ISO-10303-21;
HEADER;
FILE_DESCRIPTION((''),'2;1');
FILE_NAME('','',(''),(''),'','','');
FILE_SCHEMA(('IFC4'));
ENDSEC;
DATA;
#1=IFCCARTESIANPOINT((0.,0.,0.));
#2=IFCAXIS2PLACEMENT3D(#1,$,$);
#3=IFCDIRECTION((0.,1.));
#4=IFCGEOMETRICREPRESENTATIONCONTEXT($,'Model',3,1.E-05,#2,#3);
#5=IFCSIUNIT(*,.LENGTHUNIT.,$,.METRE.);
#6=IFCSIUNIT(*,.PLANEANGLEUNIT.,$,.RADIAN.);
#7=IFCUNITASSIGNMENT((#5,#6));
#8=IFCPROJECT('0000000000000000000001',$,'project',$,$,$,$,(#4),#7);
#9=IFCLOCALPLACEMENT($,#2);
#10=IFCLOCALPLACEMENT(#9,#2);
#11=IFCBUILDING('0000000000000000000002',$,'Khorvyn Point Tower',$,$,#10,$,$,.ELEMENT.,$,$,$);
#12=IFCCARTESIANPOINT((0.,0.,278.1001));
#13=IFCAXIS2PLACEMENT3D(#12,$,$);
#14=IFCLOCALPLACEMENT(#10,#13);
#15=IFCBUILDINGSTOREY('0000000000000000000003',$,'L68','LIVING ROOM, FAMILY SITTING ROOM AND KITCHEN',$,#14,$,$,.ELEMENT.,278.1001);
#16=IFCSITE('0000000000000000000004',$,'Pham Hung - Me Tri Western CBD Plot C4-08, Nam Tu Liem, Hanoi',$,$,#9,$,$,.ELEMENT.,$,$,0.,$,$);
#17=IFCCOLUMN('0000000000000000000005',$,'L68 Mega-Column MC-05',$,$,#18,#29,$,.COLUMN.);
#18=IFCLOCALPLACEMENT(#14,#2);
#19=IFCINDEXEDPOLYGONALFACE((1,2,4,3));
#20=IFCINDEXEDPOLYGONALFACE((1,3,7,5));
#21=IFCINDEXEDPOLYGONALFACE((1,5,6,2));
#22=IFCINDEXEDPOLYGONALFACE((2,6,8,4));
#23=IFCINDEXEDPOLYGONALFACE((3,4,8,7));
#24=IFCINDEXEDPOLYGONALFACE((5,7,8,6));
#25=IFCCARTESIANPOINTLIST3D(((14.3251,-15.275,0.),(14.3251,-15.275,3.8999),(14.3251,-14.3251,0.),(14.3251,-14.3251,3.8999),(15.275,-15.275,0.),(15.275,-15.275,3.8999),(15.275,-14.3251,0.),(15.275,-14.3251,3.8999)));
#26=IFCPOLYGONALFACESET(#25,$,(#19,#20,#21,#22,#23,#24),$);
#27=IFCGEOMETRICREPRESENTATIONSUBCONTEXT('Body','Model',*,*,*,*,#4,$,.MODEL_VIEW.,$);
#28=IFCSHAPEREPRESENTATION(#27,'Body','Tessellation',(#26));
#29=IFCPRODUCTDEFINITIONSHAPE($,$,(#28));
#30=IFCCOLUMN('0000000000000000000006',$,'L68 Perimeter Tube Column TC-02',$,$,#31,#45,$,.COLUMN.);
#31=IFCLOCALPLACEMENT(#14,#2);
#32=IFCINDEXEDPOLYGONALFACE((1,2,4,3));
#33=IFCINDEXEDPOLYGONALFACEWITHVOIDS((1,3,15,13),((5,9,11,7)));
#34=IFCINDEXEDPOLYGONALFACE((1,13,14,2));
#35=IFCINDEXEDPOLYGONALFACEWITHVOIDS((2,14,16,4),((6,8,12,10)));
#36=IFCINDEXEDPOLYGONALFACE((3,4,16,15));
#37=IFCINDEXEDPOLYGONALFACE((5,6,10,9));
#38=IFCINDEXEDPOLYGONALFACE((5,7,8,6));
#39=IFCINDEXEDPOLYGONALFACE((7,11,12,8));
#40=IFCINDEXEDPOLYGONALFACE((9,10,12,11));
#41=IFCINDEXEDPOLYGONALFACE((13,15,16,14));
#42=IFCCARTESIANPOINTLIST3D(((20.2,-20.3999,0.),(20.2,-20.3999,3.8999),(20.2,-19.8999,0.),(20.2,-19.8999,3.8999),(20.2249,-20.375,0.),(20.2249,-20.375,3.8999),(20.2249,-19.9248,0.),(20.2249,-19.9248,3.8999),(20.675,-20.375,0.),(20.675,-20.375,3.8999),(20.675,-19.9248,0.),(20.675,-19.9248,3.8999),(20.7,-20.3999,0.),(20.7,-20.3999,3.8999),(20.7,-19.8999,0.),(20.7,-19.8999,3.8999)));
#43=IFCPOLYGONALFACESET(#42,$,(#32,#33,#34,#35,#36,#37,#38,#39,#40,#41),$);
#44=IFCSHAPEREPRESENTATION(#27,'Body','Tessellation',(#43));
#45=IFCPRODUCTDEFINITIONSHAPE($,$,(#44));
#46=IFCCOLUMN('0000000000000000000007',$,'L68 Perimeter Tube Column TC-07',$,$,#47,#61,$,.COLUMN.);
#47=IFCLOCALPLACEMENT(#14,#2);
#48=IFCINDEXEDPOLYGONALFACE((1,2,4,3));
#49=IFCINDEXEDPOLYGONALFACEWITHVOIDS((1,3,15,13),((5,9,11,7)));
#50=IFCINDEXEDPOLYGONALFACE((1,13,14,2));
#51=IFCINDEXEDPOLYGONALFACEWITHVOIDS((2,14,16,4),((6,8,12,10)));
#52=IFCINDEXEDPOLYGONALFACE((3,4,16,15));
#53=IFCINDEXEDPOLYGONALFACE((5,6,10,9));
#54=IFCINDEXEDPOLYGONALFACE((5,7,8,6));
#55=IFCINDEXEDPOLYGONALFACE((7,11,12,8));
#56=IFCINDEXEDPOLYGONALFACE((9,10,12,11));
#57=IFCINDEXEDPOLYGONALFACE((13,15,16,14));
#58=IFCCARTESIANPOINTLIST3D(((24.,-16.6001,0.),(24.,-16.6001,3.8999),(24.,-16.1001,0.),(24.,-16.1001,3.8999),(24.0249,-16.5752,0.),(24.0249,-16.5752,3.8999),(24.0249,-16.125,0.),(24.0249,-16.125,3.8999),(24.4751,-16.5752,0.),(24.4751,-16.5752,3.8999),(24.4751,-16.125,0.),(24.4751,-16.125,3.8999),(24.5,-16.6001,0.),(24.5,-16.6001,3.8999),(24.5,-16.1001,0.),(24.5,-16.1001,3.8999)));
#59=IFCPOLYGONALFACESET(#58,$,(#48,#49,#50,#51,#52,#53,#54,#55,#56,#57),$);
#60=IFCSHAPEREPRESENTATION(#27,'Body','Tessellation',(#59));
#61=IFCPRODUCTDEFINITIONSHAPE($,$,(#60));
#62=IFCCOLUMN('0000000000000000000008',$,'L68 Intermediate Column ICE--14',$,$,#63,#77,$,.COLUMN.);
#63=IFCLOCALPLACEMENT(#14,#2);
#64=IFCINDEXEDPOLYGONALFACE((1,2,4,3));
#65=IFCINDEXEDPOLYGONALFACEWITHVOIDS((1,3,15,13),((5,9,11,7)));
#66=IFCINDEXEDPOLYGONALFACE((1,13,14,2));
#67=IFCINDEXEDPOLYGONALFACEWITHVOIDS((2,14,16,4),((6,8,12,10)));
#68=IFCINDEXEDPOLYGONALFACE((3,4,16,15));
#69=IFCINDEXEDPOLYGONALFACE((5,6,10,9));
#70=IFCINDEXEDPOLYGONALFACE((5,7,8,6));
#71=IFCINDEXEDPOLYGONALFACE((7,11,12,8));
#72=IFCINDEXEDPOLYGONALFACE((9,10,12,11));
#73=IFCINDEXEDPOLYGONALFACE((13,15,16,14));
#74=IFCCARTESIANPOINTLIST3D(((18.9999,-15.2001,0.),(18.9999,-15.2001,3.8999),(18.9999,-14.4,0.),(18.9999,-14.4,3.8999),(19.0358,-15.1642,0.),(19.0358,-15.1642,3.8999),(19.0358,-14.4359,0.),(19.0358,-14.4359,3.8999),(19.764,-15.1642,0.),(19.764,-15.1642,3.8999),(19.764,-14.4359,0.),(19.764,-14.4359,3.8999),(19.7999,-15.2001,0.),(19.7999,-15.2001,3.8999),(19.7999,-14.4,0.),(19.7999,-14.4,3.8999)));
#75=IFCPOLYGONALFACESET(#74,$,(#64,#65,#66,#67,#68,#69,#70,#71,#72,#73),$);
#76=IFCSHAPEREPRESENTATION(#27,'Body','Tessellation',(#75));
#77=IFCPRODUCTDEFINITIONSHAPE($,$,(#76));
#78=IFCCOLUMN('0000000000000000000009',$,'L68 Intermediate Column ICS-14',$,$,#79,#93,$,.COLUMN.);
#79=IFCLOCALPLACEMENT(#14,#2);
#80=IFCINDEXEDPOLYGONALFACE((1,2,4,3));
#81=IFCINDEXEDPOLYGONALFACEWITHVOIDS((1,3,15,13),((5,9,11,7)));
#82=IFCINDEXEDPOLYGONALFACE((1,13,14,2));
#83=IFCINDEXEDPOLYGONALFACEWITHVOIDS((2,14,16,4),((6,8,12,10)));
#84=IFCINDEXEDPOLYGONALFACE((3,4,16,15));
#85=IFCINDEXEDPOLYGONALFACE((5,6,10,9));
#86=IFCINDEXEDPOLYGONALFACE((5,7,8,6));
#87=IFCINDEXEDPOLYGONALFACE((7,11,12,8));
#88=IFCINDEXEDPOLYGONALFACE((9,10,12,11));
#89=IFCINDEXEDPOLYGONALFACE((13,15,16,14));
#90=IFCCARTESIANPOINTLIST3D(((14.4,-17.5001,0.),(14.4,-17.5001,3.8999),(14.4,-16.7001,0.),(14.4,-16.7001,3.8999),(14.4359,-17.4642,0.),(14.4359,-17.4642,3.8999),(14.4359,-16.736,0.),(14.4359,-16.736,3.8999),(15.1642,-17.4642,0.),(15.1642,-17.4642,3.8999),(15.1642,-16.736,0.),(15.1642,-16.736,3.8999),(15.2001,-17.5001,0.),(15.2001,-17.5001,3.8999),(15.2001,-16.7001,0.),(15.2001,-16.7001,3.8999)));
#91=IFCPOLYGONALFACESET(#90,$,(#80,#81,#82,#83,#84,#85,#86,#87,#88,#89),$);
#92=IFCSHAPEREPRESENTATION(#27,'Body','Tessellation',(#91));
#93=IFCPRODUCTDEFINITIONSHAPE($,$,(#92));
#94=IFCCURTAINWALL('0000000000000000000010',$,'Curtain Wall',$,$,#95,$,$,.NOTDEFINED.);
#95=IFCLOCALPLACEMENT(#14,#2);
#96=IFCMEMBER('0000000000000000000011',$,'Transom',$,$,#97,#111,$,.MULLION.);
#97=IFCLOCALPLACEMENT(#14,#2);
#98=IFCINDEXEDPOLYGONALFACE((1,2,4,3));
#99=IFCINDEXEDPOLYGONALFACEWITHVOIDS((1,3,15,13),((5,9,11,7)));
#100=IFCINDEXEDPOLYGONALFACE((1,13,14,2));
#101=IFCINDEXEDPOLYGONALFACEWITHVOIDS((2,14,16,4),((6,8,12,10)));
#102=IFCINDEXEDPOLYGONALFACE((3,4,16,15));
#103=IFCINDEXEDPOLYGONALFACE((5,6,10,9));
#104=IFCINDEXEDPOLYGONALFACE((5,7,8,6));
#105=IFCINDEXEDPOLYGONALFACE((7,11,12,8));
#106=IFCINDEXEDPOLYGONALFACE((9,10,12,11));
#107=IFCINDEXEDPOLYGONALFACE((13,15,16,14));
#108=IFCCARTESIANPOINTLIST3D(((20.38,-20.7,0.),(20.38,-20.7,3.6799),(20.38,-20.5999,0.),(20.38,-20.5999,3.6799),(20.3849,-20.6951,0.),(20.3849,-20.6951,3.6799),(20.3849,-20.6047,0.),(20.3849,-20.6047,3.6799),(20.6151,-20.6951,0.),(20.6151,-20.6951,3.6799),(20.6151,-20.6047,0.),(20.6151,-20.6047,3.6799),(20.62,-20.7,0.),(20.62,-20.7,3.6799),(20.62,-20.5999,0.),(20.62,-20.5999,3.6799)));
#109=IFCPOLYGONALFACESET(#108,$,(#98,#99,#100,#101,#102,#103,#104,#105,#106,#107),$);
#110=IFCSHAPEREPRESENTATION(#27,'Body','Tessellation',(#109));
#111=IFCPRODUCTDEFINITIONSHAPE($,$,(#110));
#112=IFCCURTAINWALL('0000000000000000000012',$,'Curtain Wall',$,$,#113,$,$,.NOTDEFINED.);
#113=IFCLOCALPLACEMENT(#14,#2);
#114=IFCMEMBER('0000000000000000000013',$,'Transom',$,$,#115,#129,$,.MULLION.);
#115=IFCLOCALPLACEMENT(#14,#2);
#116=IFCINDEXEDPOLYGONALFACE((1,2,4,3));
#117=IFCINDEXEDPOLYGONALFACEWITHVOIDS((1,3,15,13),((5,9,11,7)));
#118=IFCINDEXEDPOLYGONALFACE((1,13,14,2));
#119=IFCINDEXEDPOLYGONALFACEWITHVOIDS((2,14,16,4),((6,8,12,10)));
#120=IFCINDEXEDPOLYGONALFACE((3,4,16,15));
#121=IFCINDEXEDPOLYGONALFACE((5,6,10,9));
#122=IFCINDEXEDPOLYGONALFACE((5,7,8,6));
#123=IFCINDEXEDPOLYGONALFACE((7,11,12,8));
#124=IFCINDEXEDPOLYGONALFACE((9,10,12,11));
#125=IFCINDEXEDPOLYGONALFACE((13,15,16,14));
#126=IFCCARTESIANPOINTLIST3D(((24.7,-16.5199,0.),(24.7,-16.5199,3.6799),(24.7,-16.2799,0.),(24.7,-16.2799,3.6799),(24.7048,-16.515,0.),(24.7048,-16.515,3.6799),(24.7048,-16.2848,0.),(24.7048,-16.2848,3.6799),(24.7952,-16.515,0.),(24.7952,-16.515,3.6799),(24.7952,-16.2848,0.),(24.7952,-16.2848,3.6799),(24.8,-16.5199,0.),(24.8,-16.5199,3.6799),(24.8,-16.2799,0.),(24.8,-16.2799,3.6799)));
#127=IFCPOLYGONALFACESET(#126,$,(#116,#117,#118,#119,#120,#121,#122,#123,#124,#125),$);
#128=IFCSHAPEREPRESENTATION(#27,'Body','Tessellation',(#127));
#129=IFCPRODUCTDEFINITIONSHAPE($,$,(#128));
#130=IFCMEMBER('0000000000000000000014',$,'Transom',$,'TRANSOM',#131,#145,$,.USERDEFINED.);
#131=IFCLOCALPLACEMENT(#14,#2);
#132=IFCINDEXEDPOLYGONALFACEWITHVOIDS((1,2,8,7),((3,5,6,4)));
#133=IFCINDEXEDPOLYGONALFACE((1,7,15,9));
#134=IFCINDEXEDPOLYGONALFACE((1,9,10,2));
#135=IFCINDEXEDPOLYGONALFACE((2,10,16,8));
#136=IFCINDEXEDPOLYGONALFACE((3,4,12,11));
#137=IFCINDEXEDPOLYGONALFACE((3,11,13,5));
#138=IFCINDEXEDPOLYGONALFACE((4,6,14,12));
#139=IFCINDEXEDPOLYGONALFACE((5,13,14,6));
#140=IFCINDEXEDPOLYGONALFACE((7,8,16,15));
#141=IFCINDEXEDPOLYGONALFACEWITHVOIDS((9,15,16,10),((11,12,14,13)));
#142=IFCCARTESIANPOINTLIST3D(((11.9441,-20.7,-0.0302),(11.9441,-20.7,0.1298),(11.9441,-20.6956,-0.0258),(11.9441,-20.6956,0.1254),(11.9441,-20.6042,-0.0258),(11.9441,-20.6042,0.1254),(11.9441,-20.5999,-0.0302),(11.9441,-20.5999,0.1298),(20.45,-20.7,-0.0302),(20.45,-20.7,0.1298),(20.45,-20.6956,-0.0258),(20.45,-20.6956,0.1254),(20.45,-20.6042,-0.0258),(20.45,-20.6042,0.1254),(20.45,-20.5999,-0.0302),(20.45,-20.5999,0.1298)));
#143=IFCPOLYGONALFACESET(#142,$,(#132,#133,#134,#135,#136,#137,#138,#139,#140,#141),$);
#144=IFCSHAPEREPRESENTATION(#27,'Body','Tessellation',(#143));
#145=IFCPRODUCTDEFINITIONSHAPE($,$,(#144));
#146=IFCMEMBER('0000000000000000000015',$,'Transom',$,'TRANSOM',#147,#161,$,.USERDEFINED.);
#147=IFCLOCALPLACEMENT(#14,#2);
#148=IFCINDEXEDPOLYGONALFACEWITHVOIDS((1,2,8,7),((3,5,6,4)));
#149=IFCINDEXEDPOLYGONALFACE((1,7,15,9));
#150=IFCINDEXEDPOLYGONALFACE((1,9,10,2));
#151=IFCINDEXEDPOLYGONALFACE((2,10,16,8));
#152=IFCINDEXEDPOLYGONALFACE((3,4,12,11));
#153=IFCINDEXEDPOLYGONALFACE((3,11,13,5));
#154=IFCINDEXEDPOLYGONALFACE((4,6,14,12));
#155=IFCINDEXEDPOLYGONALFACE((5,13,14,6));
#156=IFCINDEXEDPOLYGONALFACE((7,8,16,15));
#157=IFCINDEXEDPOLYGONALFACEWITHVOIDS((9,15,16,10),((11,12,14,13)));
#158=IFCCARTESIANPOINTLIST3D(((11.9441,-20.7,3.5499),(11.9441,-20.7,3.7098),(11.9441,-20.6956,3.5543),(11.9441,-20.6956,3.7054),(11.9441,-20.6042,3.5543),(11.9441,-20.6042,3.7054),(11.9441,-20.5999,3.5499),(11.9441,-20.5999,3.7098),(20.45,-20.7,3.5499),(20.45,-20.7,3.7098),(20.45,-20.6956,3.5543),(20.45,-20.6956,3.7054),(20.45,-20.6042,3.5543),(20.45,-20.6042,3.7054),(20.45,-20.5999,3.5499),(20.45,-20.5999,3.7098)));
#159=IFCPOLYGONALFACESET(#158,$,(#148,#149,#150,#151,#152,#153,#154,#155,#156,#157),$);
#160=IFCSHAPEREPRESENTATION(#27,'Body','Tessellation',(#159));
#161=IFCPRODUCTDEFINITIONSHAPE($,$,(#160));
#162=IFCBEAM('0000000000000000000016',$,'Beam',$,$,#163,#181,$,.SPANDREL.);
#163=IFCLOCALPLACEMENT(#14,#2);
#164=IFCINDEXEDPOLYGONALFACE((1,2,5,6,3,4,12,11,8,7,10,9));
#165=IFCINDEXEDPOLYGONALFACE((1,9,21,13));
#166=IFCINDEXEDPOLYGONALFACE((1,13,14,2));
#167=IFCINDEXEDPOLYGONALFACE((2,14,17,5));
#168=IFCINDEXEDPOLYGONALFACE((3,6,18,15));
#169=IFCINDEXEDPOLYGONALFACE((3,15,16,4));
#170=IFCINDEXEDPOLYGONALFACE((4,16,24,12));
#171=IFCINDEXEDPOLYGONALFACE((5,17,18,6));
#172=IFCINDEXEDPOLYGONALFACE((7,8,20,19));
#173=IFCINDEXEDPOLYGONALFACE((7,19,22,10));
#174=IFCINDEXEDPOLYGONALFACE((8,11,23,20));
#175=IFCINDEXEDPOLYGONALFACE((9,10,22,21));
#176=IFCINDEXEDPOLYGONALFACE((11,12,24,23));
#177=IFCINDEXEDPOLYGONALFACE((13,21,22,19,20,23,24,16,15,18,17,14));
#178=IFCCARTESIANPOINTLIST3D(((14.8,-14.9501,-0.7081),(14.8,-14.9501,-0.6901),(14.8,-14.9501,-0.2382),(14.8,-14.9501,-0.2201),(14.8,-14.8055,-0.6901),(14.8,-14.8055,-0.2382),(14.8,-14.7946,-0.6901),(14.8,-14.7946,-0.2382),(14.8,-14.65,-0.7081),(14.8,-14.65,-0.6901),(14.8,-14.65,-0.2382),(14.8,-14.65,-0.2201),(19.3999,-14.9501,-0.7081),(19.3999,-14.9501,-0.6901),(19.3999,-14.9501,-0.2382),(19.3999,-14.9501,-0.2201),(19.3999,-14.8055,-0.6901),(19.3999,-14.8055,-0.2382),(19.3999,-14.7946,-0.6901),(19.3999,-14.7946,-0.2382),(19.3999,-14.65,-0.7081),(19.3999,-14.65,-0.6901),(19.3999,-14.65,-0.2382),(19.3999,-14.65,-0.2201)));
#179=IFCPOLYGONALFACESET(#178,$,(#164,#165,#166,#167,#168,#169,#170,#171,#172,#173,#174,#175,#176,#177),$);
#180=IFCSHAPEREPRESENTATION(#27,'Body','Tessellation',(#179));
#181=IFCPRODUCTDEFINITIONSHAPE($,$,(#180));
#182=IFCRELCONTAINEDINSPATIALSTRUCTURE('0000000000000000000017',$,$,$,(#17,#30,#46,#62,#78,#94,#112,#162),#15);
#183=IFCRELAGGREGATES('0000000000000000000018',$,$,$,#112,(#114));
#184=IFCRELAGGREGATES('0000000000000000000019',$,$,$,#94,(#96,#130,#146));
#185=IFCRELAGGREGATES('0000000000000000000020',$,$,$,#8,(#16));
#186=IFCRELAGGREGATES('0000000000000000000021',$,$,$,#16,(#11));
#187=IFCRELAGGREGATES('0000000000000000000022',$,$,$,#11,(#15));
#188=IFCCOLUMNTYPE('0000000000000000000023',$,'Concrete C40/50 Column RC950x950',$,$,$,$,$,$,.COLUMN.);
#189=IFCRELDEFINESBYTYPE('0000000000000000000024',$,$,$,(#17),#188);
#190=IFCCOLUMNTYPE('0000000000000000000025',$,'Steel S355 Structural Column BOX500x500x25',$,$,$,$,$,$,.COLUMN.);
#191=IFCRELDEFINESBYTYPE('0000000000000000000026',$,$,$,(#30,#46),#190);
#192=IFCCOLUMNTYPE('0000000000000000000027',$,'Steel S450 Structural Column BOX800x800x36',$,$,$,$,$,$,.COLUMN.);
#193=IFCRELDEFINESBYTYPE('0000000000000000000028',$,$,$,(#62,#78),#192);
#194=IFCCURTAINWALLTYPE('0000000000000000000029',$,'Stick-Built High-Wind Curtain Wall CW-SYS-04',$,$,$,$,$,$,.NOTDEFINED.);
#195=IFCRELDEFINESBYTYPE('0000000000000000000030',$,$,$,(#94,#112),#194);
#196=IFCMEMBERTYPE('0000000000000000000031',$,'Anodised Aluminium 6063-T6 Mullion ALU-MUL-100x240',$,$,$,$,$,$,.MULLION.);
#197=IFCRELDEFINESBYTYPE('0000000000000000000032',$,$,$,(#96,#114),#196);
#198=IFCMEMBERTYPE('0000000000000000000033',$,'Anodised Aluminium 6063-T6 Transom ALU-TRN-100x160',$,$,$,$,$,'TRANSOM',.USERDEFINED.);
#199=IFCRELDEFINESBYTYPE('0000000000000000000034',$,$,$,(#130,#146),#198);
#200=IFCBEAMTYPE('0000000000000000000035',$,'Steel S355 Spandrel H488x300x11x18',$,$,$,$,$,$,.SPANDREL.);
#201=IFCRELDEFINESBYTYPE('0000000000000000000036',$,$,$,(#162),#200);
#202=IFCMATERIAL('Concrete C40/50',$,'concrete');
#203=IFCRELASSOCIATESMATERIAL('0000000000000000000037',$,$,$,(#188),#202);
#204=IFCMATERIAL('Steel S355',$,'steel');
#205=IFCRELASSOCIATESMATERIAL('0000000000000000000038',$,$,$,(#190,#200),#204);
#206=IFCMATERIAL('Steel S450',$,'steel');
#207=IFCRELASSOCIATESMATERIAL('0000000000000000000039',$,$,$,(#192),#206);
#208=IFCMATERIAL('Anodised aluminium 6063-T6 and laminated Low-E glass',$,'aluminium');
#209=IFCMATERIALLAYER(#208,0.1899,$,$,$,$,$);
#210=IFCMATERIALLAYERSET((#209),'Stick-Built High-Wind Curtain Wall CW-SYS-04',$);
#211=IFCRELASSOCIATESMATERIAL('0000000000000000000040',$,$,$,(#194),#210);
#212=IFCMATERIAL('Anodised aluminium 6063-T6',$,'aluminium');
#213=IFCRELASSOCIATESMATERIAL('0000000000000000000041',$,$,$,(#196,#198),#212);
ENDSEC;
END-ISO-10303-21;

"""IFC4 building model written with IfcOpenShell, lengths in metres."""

from ifc_helpers import new_model, si_unit, direction, frame, origin, origin_2d, place, context, subcontext, project, spatial, rectangle, hollow_rectangle, i_section, extrude, material, layer, layer_set, material_profile, profile_set, type_object, element, aggregate, save


model = new_model("IFC4")

# Units and contexts
model_context = context("Model", 3, precision=1e-05, world=origin(), true_north=direction((0.0, 1.0)))
body_context = subcontext(model_context, "Body", "Model", "MODEL_VIEW")
ifc_project = project(units=[si_unit("LENGTHUNIT", "METRE"), si_unit("PLANEANGLEUNIT", "RADIAN")], contexts=[model_context])

# Site, building, storey
site_placement = place(None, origin())
site = spatial("IfcSite", under=ifc_project, at=site_placement, Name="Pham Hung - Me Tri Western CBD Plot C4-08, Nam Tu Liem, Hanoi", CompositionType="ELEMENT", RefElevation=0.0)
building_placement = place(site_placement, origin())
building = spatial("IfcBuilding", under=site, at=building_placement, Name="Khorvyn Point Tower", CompositionType="ELEMENT")
storey_placement = place(building_placement, frame((0.0, 0.0, 278.1001)))
storey = spatial("IfcBuildingStorey", under=building, at=storey_placement, Name="L68", Description="LIVING ROOM, FAMILY SITTING ROOM AND KITCHEN", CompositionType="ELEMENT", Elevation=278.1001)

# Columns
ifc_material_1 = material(Name="Concrete C40/50", Category="concrete")
ifc_material_profile_1 = material_profile(ifc_material_1, rectangle(XDim=0.95, YDim=0.95, at=origin_2d()))
ifc_profile_set_1 = profile_set([ifc_material_profile_1], Name="Concrete C40/50 RC950x950")
column_type_1 = type_object("IfcColumnType", Name="Concrete C40/50 Column RC950x950", PredefinedType="COLUMN", material=ifc_profile_set_1)
column_placement = place(storey_placement, frame((14.8, -14.8, 0.0), z_axis=(0.0, 0.0, 1.0), x_axis=(1.0, 0.0, 0.0)))
element("IfcColumn", 1, at=column_placement, inside=storey, type_object=column_type_1, Name="L68 Mega-Column MC-05", PredefinedType="COLUMN", context=body_context, shape_type="SweptSolid", body=[
    extrude(rectangle(XDim=0.95, YDim=0.95, at=origin_2d()), origin(), (0.0, 0.0, 1.0), 3.8999),
])
ifc_material_2 = material(Name="Steel S355", Category="steel")
ifc_material_profile_2 = material_profile(ifc_material_2, hollow_rectangle(XDim=0.5, YDim=0.5, WallThickness=0.0249, at=origin_2d()))
ifc_profile_set_2 = profile_set([ifc_material_profile_2], Name="Steel S355 BOX500x500x25")
column_type_2 = type_object("IfcColumnType", Name="Steel S355 Structural Column BOX500x500x25", PredefinedType="COLUMN", material=ifc_profile_set_2)
for number, where, z_axis, x_axis, name in (
    (2, (20.45, -20.1499, 0.0), (0.0, 0.0, 1.0), (1.0, 0.0, 0.0), "L68 Perimeter Tube Column TC-02"),
    (3, (24.25, -16.3501, 0.0), (0.0, 0.0, 1.0), (1.0, 0.0, 0.0), "L68 Perimeter Tube Column TC-07"),
):
    element("IfcColumn", number, at=place(storey_placement, frame(where, z_axis=z_axis, x_axis=x_axis)), inside=storey, type_object=column_type_2, Name=name, PredefinedType="COLUMN", context=body_context, shape_type="SweptSolid", body=[
        extrude(hollow_rectangle(XDim=0.5, YDim=0.5, WallThickness=0.0249, at=origin_2d()), origin(), (0.0, 0.0, 1.0), 3.8999),
    ])
ifc_material_3 = material(Name="Steel S450", Category="steel")
ifc_material_profile_3 = material_profile(ifc_material_3, hollow_rectangle(XDim=0.8, YDim=0.8, WallThickness=0.0359, at=origin_2d()))
ifc_profile_set_3 = profile_set([ifc_material_profile_3], Name="Steel S450 BOX800x800x36")
column_type_3 = type_object("IfcColumnType", Name="Steel S450 Structural Column BOX800x800x36", PredefinedType="COLUMN", material=ifc_profile_set_3)
for number, where, z_axis, x_axis, name in (
    (4, (19.3999, -14.8, 0.0), (0.0, 0.0, 1.0), (1.0, 0.0, 0.0), "L68 Intermediate Column ICE--14"),
    (5, (14.8, -17.1001, 0.0), (0.0, 0.0, 1.0), (1.0, 0.0, 0.0), "L68 Intermediate Column ICS-14"),
):
    element("IfcColumn", number, at=place(storey_placement, frame(where, z_axis=z_axis, x_axis=x_axis)), inside=storey, type_object=column_type_3, Name=name, PredefinedType="COLUMN", context=body_context, shape_type="SweptSolid", body=[
        extrude(hollow_rectangle(XDim=0.8, YDim=0.8, WallThickness=0.0359, at=origin_2d()), origin(), (0.0, 0.0, 1.0), 3.8999),
    ])

# Curtain walls, members
ifc_material_4 = material(Name="Anodised aluminium 6063-T6 and laminated Low-E glass", Category="aluminium")
ifc_layer_1 = layer(ifc_material_4, 0.1899)
ifc_layer_set_1 = layer_set([ifc_layer_1], Name="Stick-Built High-Wind Curtain Wall CW-SYS-04")
curtain_wall_type = type_object("IfcCurtainWallType", Name="Stick-Built High-Wind Curtain Wall CW-SYS-04", PredefinedType="NOTDEFINED", material=ifc_layer_set_1)
curtain_wall_1_placement = place(storey_placement, origin())
curtain_wall_1 = element("IfcCurtainWall", 6, at=curtain_wall_1_placement, inside=storey, type_object=curtain_wall_type, Name="Curtain Wall", PredefinedType="NOTDEFINED")
ifc_material_5 = material(Name="Anodised aluminium 6063-T6", Category="aluminium")
ifc_material_profile_4 = material_profile(ifc_material_5, hollow_rectangle(XDim=0.1001, YDim=0.24, WallThickness=0.0049, at=origin_2d()))
ifc_profile_set_4 = profile_set([ifc_material_profile_4], Name="Anodised aluminium 6063-T6 ALU-MUL-100x240")
member_type_1 = type_object("IfcMemberType", Name="Anodised Aluminium 6063-T6 Mullion ALU-MUL-100x240", PredefinedType="MULLION", material=ifc_profile_set_4)
member_1_placement = place(storey_placement, frame((20.5, -20.6499, 0.0), z_axis=(0.0, 0.0, 1.0), x_axis=(0.0, -1.0, 0.0)))
member_1 = element("IfcMember", 7, at=member_1_placement, type_object=member_type_1, Name="Transom", PredefinedType="MULLION", context=body_context, shape_type="SweptSolid", body=[
    extrude(hollow_rectangle(XDim=0.1001, YDim=0.24, WallThickness=0.0049, at=origin_2d()), origin(), (0.0, 0.0, 1.0), 3.6799),
])
curtain_wall_2_placement = place(storey_placement, origin())
curtain_wall_2 = element("IfcCurtainWall", 8, at=curtain_wall_2_placement, inside=storey, type_object=curtain_wall_type, Name="Curtain Wall", PredefinedType="NOTDEFINED")
member_2_placement = place(storey_placement, frame((24.75, -16.3999, 0.0), z_axis=(0.0, 0.0, 1.0), x_axis=(1.0, 0.0, 0.0)))
member_2 = element("IfcMember", 9, at=member_2_placement, type_object=member_type_1, Name="Transom", PredefinedType="MULLION", context=body_context, shape_type="SweptSolid", body=[
    extrude(hollow_rectangle(XDim=0.1001, YDim=0.24, WallThickness=0.0049, at=origin_2d()), origin(), (0.0, 0.0, 1.0), 3.6799),
])
aggregate(curtain_wall_2, [member_2])

# Members
ifc_material_profile_5 = material_profile(ifc_material_5, hollow_rectangle(XDim=0.1001, YDim=0.1599, WallThickness=0.0044, at=origin_2d()))
ifc_profile_set_5 = profile_set([ifc_material_profile_5], Name="Anodised aluminium 6063-T6 ALU-TRN-100x160")
member_type_2 = type_object("IfcMemberType", Name="Anodised Aluminium 6063-T6 Transom ALU-TRN-100x160", ElementType="TRANSOM", PredefinedType="USERDEFINED", material=ifc_profile_set_5)
member_3_placement = place(storey_placement, frame((20.45, -20.6499, 0.0498), z_axis=(-1.0, 0.0, 0.0), x_axis=(0.0, -1.0, 0.0)))
member_3 = element("IfcMember", 10, at=member_3_placement, type_object=member_type_2, Name="Transom", ObjectType="TRANSOM", PredefinedType="USERDEFINED", context=body_context, shape_type="SweptSolid", body=[
    extrude(hollow_rectangle(XDim=0.1001, YDim=0.1599, WallThickness=0.0044, at=origin_2d()), origin(), (0.0, 0.0, 1.0), 8.5059),
])
member_4_placement = place(storey_placement, frame((20.45, -20.6499, 3.6299), z_axis=(-1.0, 0.0, 0.0), x_axis=(0.0, -1.0, 0.0)))
member_4 = element("IfcMember", 11, at=member_4_placement, type_object=member_type_2, Name="Transom", ObjectType="TRANSOM", PredefinedType="USERDEFINED", context=body_context, shape_type="SweptSolid", body=[
    extrude(hollow_rectangle(XDim=0.1001, YDim=0.1599, WallThickness=0.0044, at=origin_2d()), origin(), (0.0, 0.0, 1.0), 8.5059),
])

# Beam
ifc_material_profile_6 = material_profile(ifc_material_2, i_section(OverallWidth=0.3, OverallDepth=0.488, WebThickness=0.011, FlangeThickness=0.0181, at=origin_2d()))
ifc_profile_set_6 = profile_set([ifc_material_profile_6], Name="Steel S355 H488x300x11x18")
beam_type_1 = type_object("IfcBeamType", Name="Steel S355 Spandrel H488x300x11x18", PredefinedType="SPANDREL", material=ifc_profile_set_6)
beam_1_placement = place(storey_placement, frame((14.8, -14.8, -0.4641), z_axis=(1.0, 0.0, 0.0), x_axis=(0.0, 1.0, 0.0)))
element("IfcBeam", 12, at=beam_1_placement, inside=storey, type_object=beam_type_1, Name="Beam", PredefinedType="SPANDREL", context=body_context, shape_type="SweptSolid", body=[
    extrude(i_section(OverallWidth=0.3, OverallDepth=0.488, WebThickness=0.011, FlangeThickness=0.0181, at=origin_2d()), origin(), (0.0, 0.0, 1.0), 4.5999),
])

aggregate(curtain_wall_1, [member_1, member_3, member_4])

save(model, "model.ifc")
